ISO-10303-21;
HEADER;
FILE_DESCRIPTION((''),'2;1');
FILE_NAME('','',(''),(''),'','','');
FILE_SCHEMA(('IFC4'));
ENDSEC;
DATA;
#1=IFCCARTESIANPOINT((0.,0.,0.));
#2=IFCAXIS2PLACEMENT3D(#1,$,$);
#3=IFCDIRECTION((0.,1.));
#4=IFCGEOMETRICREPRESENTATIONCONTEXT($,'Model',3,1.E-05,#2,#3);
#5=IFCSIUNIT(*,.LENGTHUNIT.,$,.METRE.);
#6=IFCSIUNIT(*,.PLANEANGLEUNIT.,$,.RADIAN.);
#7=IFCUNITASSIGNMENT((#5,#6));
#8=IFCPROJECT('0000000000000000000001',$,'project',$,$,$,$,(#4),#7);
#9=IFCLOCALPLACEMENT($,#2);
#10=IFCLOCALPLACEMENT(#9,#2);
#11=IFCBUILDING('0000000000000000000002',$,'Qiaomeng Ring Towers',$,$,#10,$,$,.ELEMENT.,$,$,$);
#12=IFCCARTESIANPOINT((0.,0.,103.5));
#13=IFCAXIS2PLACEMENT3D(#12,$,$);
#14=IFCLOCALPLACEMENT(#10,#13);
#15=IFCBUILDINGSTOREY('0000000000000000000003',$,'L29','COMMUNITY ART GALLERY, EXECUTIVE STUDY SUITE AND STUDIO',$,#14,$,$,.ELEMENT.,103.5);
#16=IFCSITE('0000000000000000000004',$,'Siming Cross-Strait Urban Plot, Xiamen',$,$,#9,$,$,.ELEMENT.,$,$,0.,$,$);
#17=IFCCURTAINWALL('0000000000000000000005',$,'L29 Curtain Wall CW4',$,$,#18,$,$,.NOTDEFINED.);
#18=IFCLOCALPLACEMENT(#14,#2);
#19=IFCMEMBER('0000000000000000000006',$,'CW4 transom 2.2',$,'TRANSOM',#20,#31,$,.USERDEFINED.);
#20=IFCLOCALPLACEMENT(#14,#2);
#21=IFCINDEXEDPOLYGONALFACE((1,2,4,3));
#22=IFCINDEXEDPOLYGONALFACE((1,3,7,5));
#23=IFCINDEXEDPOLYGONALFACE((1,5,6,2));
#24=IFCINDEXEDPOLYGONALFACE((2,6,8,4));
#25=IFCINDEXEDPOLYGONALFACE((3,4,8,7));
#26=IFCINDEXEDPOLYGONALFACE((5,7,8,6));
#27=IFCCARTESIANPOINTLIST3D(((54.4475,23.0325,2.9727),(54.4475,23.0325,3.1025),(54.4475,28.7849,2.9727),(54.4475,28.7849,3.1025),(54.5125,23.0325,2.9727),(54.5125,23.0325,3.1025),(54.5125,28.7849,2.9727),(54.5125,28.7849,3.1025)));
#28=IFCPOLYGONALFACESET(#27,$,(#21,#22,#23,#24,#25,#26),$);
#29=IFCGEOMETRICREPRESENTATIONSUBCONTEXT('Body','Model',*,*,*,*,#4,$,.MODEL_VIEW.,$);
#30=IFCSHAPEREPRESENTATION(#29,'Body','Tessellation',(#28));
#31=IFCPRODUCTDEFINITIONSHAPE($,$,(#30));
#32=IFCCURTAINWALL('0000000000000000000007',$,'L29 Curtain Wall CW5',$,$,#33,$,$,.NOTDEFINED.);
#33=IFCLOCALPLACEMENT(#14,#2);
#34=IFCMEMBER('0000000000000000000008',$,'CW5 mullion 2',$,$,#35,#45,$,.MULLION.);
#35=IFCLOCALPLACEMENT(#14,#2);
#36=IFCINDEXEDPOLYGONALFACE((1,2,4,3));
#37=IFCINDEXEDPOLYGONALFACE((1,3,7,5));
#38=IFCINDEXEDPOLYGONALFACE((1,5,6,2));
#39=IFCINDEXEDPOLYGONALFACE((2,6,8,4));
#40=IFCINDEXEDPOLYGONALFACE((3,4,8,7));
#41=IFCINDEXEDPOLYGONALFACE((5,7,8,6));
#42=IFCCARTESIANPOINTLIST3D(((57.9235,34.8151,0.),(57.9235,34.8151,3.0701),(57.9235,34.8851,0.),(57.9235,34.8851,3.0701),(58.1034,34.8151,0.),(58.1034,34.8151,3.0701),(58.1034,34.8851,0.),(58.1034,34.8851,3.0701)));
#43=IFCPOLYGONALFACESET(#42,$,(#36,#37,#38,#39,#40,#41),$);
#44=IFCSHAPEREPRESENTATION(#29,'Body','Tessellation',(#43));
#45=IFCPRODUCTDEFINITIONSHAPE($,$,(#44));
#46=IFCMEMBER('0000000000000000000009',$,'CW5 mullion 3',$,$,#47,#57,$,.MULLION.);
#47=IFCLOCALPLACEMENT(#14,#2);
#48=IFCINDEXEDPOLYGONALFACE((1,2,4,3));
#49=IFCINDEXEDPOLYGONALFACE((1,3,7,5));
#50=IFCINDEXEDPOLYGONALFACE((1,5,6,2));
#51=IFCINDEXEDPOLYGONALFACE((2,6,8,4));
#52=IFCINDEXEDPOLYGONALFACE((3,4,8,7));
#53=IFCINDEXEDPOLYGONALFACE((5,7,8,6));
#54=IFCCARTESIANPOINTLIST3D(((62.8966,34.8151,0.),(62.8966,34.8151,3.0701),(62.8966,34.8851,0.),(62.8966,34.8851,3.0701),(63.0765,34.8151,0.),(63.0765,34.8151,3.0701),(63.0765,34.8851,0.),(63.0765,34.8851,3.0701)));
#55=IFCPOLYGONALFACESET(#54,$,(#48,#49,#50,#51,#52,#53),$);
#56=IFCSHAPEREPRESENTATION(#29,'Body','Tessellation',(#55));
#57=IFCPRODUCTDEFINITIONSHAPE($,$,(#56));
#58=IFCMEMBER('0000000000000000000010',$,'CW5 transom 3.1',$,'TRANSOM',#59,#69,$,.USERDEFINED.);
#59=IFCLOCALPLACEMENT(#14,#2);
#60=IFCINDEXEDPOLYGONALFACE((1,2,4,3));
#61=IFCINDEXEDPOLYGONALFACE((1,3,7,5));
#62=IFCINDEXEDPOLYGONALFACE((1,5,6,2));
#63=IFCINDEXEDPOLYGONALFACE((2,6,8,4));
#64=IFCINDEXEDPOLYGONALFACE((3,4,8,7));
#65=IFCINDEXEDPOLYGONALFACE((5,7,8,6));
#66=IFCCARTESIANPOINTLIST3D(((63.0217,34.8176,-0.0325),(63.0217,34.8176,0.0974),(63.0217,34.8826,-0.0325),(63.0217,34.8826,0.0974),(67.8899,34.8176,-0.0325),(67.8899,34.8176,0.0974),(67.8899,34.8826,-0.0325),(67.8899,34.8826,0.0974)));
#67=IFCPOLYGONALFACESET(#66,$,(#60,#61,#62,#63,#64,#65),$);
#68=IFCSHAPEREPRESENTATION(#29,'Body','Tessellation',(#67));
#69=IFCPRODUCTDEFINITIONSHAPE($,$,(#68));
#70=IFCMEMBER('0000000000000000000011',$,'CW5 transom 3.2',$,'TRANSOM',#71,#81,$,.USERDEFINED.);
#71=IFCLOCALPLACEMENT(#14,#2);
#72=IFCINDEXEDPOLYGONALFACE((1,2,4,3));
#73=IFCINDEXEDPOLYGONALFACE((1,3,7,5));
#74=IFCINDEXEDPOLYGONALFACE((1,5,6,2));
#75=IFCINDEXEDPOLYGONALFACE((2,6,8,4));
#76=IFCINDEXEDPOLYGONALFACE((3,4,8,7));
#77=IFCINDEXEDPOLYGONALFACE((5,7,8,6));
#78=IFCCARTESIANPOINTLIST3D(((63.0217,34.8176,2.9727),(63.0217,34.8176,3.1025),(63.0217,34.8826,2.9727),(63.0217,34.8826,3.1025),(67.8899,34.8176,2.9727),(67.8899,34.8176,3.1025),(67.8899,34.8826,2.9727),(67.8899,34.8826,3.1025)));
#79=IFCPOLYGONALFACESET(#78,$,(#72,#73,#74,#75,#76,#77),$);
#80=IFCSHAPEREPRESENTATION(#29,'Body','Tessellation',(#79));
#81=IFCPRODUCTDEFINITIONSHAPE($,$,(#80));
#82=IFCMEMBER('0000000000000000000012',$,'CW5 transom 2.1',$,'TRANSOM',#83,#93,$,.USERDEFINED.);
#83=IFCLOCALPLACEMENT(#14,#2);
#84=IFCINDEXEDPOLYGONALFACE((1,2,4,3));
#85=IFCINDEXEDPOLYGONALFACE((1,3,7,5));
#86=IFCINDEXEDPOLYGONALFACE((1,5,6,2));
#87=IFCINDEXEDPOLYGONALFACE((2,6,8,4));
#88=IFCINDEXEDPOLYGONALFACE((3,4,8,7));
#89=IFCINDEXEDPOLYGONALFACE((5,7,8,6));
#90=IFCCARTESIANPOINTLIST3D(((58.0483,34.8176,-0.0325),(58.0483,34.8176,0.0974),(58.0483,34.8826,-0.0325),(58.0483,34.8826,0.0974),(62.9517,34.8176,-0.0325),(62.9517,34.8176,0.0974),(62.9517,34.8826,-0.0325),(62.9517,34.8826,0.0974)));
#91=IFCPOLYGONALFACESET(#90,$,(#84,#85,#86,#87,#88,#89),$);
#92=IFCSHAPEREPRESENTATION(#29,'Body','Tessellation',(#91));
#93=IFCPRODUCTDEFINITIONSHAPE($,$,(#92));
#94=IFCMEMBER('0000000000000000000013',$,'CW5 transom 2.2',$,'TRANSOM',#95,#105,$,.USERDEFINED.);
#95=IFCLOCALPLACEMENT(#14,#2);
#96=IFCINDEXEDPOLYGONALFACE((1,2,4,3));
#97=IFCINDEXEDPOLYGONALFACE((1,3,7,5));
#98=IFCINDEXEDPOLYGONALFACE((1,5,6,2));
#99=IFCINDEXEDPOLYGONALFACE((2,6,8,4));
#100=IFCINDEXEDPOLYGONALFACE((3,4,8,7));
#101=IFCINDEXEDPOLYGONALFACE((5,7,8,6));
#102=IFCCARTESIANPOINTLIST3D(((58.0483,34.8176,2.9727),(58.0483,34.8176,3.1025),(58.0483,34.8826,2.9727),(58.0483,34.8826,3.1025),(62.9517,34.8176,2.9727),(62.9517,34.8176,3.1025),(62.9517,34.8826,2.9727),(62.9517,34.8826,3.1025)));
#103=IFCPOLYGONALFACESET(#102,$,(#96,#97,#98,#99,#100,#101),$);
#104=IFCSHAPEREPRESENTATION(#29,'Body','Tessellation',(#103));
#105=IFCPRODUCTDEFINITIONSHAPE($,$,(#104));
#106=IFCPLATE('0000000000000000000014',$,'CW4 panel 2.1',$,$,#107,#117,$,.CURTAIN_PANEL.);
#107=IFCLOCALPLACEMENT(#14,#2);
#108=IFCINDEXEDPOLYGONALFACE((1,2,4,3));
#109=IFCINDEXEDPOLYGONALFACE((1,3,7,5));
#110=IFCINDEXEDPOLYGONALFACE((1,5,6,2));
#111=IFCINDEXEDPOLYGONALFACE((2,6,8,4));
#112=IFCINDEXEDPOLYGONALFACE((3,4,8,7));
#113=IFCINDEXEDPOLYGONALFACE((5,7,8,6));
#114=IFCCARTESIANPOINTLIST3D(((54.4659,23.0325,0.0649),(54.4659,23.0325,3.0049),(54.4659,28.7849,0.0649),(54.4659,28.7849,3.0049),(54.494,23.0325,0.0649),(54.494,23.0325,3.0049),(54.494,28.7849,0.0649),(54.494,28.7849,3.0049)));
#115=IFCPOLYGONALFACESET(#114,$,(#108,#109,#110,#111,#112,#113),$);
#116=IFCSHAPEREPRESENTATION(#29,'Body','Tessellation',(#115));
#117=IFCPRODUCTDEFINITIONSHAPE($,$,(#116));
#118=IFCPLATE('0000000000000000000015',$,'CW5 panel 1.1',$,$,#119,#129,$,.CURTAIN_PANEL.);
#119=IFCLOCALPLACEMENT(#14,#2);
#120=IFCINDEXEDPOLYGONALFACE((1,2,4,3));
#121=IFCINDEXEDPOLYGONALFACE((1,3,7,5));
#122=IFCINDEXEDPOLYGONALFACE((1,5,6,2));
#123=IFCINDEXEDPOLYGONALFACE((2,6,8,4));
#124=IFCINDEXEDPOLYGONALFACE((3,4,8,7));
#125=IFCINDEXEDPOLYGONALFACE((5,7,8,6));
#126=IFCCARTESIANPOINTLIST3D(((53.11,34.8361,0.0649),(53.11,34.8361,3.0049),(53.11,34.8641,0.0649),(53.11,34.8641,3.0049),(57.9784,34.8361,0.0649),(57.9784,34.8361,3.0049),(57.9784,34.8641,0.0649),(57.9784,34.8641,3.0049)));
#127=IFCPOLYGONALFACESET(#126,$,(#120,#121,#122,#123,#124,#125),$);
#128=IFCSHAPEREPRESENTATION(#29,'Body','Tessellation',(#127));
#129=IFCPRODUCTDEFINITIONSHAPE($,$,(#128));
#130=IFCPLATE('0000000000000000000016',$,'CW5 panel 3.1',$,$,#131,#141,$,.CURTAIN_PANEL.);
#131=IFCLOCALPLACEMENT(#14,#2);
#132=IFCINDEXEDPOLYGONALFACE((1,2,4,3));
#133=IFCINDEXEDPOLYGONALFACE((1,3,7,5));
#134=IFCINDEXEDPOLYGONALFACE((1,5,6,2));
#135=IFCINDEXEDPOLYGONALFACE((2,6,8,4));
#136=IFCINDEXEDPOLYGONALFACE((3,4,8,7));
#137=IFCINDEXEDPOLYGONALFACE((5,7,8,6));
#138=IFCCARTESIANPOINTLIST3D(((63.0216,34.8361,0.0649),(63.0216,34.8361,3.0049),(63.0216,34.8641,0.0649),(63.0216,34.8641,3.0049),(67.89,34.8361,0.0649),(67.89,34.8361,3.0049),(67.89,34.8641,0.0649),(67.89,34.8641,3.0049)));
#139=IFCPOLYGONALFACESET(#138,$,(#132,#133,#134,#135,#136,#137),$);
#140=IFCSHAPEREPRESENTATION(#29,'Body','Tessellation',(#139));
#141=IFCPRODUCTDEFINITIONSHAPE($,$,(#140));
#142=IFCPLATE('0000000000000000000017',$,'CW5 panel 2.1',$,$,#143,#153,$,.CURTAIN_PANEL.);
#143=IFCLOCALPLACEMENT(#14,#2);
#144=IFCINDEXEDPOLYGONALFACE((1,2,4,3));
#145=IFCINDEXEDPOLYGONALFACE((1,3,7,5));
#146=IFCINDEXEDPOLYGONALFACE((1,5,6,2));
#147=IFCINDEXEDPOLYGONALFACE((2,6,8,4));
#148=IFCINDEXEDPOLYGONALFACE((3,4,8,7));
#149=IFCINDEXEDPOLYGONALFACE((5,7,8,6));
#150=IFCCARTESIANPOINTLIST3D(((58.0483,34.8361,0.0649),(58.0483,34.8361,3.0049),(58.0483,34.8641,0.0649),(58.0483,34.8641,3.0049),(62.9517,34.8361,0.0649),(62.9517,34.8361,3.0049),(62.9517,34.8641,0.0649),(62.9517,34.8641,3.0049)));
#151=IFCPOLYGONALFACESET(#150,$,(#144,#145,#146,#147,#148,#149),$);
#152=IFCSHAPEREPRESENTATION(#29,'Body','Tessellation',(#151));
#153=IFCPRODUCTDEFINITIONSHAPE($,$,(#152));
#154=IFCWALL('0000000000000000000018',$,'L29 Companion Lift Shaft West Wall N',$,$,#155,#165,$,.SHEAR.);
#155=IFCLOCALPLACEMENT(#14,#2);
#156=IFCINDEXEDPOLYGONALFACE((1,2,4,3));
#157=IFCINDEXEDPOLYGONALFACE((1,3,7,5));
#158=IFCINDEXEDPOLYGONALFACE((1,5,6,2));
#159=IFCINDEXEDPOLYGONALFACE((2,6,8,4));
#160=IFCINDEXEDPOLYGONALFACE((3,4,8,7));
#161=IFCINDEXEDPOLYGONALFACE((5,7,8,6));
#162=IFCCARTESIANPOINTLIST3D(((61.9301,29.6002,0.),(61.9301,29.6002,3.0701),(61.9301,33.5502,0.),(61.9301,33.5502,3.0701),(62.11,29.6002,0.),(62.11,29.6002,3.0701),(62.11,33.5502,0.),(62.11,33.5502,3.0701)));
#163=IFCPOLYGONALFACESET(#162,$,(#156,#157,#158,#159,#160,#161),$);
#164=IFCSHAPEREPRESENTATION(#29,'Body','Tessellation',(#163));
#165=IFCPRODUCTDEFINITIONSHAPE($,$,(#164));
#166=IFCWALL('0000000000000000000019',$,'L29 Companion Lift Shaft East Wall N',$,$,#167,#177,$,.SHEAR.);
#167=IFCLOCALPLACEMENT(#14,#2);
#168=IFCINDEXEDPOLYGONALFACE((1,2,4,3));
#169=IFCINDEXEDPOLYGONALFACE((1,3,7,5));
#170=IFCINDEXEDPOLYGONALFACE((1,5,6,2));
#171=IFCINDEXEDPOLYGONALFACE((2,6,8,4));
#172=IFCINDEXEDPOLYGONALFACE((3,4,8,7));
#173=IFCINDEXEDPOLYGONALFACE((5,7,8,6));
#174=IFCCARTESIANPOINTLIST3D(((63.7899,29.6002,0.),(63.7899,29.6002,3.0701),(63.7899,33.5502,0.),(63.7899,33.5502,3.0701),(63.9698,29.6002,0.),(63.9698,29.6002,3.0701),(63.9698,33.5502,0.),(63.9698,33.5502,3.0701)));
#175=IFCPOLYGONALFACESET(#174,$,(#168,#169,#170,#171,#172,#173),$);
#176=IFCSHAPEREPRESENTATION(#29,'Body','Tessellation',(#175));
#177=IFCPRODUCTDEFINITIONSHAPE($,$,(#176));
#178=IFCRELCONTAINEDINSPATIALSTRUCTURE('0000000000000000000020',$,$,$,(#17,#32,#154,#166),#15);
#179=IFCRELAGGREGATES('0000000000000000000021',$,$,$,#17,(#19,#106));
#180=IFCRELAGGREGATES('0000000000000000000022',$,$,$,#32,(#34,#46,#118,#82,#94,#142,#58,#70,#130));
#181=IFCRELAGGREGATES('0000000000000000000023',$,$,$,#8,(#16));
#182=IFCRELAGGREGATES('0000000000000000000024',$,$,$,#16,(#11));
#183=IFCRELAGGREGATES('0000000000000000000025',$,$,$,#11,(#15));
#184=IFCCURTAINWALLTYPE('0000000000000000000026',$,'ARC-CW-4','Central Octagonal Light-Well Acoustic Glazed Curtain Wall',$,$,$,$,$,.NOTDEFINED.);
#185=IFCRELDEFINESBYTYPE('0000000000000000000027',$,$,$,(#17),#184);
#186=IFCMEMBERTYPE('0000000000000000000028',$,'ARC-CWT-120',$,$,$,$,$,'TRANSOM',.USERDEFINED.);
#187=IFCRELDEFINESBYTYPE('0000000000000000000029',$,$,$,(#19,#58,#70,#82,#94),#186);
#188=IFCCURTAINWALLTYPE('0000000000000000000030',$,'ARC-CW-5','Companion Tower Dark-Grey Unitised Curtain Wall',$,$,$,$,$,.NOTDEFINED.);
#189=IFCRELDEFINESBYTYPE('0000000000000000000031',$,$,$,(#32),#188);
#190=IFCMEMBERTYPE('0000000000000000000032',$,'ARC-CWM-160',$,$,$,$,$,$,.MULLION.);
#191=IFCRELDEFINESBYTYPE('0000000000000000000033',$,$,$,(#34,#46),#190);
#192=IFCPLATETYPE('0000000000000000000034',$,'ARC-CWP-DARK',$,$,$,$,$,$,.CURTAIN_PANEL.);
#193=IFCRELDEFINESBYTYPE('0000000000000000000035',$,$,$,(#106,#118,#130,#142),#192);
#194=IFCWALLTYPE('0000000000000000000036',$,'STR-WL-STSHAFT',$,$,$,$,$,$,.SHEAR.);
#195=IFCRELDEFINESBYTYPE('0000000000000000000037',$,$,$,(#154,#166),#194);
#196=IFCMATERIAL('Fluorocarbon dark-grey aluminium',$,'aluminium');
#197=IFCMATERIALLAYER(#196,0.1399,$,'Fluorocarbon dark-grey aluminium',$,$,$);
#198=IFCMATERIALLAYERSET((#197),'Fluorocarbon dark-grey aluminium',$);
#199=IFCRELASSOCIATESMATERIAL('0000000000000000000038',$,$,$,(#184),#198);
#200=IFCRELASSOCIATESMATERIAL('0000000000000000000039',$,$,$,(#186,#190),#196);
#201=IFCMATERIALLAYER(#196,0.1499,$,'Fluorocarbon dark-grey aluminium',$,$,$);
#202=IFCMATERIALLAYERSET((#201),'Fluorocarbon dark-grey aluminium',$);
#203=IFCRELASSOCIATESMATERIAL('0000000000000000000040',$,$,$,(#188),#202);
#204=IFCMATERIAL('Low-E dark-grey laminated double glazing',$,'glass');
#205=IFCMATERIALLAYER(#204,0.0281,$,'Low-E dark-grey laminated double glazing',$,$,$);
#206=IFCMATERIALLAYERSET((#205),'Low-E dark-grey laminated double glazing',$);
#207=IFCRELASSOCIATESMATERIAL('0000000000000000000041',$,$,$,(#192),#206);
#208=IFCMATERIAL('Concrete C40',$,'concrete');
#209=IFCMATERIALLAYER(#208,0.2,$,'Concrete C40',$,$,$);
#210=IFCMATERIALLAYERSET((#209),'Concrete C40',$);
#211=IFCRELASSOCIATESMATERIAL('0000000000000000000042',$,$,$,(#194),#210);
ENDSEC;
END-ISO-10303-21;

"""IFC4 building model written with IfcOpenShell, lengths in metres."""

from ifc_helpers import new_model, si_unit, direction, frame, frame_2d, origin, origin_2d, place, context, subcontext, project, spatial, rectangle, extrude, source, transform, mapped, material, layer, layer_set, material_profile, profile_set, type_object, element, aggregate, save


model = new_model("IFC4")

# Units and contexts
model_context = context("Model", 3, precision=1e-05, world=origin(), true_north=direction((0.0, 1.0)))
body_context = subcontext(model_context, "Body", "Model", "MODEL_VIEW")
ifc_project = project(units=[si_unit("LENGTHUNIT", "METRE"), si_unit("PLANEANGLEUNIT", "RADIAN")], contexts=[model_context])

# Site, building, storey
site_placement = place(None, origin())
site = spatial("IfcSite", under=ifc_project, at=site_placement, Name="Siming Cross-Strait Urban Plot, Xiamen", CompositionType="ELEMENT", RefElevation=0.0)
building_placement = place(site_placement, origin())
building = spatial("IfcBuilding", under=site, at=building_placement, Name="Qiaomeng Ring Towers", CompositionType="ELEMENT")
storey_placement = place(building_placement, frame((0.0, 0.0, 103.5)))
storey = spatial("IfcBuildingStorey", under=building, at=storey_placement, Name="L29", Description="COMMUNITY ART GALLERY, EXECUTIVE STUDY SUITE AND STUDIO", CompositionType="ELEMENT", Elevation=103.5)

# Curtain wall, member
ifc_material_1 = material(Name="Fluorocarbon dark-grey aluminium", Category="aluminium")
ifc_layer_1 = layer(ifc_material_1, 0.1399, Name="Fluorocarbon dark-grey aluminium")
ifc_layer_set_1 = layer_set([ifc_layer_1], Name="Fluorocarbon dark-grey aluminium")
curtain_wall_type_1 = type_object("IfcCurtainWallType", Name="ARC-CW-4", Description="Central Octagonal Light-Well Acoustic Glazed Curtain Wall", PredefinedType="NOTDEFINED", material=ifc_layer_set_1)
curtain_wall_1_placement = place(storey_placement, origin())
curtain_wall_1 = element("IfcCurtainWall", 1, at=curtain_wall_1_placement, inside=storey, type_object=curtain_wall_type_1, Name="L29 Curtain Wall CW4", PredefinedType="NOTDEFINED")
ifc_material_profile_1 = material_profile(ifc_material_1, rectangle(XDim=0.0649, YDim=0.1299, at=origin_2d()), Name="ALU TRAN 65x130")
ifc_profile_set_1 = profile_set([ifc_material_profile_1], Name="Fluorocarbon dark-grey aluminium")
member_type_1 = type_object("IfcMemberType", Name="ARC-CWT-120", ElementType="TRANSOM", PredefinedType="USERDEFINED", material=ifc_profile_set_1)
shared_shape_1 = source(origin(), body_context, "Body", "SweptSolid", [
    extrude(rectangle(XDim=0.0649, YDim=0.1299, at=origin_2d()), origin(), (0.0, 0.0, 1.0), 5.7524),
])
member_1_placement = place(storey_placement, frame((54.48, 23.0325, 3.0376), z_axis=(0.0, 1.0, 0.0), x_axis=(-1.0, 0.0, 0.0)))
member_1 = element("IfcMember", 2, at=member_1_placement, type_object=member_type_1, Name="CW4 transom 2.2", ObjectType="TRANSOM", PredefinedType="USERDEFINED", context=body_context, shape_type="MappedRepresentation", body=[
    mapped(shared_shape_1, transform((0.0, 0.0, 0.0), x_axis=(1.0, 0.0, 0.0), y_axis=(0.0, 1.0, 0.0), z_axis=(0.0, 0.0, 1.0), scale=1.0)),
])

# Curtain wall, members
ifc_layer_2 = layer(ifc_material_1, 0.1499, Name="Fluorocarbon dark-grey aluminium")
ifc_layer_set_2 = layer_set([ifc_layer_2], Name="Fluorocarbon dark-grey aluminium")
curtain_wall_type_2 = type_object("IfcCurtainWallType", Name="ARC-CW-5", Description="Companion Tower Dark-Grey Unitised Curtain Wall", PredefinedType="NOTDEFINED", material=ifc_layer_set_2)
curtain_wall_2_placement = place(storey_placement, origin())
curtain_wall_2 = element("IfcCurtainWall", 3, at=curtain_wall_2_placement, inside=storey, type_object=curtain_wall_type_2, Name="L29 Curtain Wall CW5", PredefinedType="NOTDEFINED")
ifc_material_profile_2 = material_profile(ifc_material_1, rectangle(XDim=0.0701, YDim=0.1799, at=origin_2d()), Name="ALU MULL 70x180")
ifc_profile_set_2 = profile_set([ifc_material_profile_2], Name="Fluorocarbon dark-grey aluminium")
member_type_2 = type_object("IfcMemberType", Name="ARC-CWM-160", PredefinedType="MULLION", material=ifc_profile_set_2)
shared_shape_2 = source(origin(), body_context, "Body", "SweptSolid", [
    extrude(rectangle(XDim=0.0701, YDim=0.1799, at=origin_2d()), origin(), (0.0, 0.0, 1.0), 3.0701),
])
member_2_placement = place(storey_placement, frame((58.0134, 34.8501, 0.0), z_axis=(0.0, 0.0, 1.0), x_axis=(0.0, 1.0, 0.0)))
member_2 = element("IfcMember", 4, at=member_2_placement, type_object=member_type_2, Name="CW5 mullion 2", PredefinedType="MULLION", context=body_context, shape_type="MappedRepresentation", body=[
    mapped(shared_shape_2, transform((0.0, 0.0, 0.0), x_axis=(1.0, 0.0, 0.0), y_axis=(0.0, 1.0, 0.0), z_axis=(0.0, 0.0, 1.0), scale=1.0)),
])
member_3_placement = place(storey_placement, frame((62.9866, 34.8501, 0.0), z_axis=(0.0, 0.0, 1.0), x_axis=(0.0, 1.0, 0.0)))
member_3 = element("IfcMember", 5, at=member_3_placement, type_object=member_type_2, Name="CW5 mullion 3", PredefinedType="MULLION", context=body_context, shape_type="MappedRepresentation", body=[
    mapped(shared_shape_2, transform((0.0, 0.0, 0.0), x_axis=(1.0, 0.0, 0.0), y_axis=(0.0, 1.0, 0.0), z_axis=(0.0, 0.0, 1.0), scale=1.0)),
])
shared_shape_3 = source(origin(), body_context, "Body", "SweptSolid", [
    extrude(rectangle(XDim=0.0649, YDim=0.1299, at=origin_2d()), origin(), (0.0, 0.0, 1.0), 4.8682),
])
member_4_placement = place(storey_placement, frame((63.0217, 34.8501, 0.0325), z_axis=(1.0, 0.0, 0.0), x_axis=(0.0, 1.0, 0.0)))
member_4 = element("IfcMember", 6, at=member_4_placement, type_object=member_type_1, Name="CW5 transom 3.1", ObjectType="TRANSOM", PredefinedType="USERDEFINED", context=body_context, shape_type="MappedRepresentation", body=[
    mapped(shared_shape_3, transform((0.0, 0.0, 0.0), x_axis=(1.0, 0.0, 0.0), y_axis=(0.0, 1.0, 0.0), z_axis=(0.0, 0.0, 1.0), scale=1.0)),
])
member_5_placement = place(storey_placement, frame((63.0217, 34.8501, 3.0376), z_axis=(1.0, 0.0, 0.0), x_axis=(0.0, 1.0, 0.0)))
member_5 = element("IfcMember", 7, at=member_5_placement, type_object=member_type_1, Name="CW5 transom 3.2", ObjectType="TRANSOM", PredefinedType="USERDEFINED", context=body_context, shape_type="MappedRepresentation", body=[
    mapped(shared_shape_3, transform((0.0, 0.0, 0.0), x_axis=(1.0, 0.0, 0.0), y_axis=(0.0, 1.0, 0.0), z_axis=(0.0, 0.0, 1.0), scale=1.0)),
])
shared_shape_4 = source(origin(), body_context, "Body", "SweptSolid", [
    extrude(rectangle(XDim=0.0649, YDim=0.1299, at=origin_2d()), origin(), (0.0, 0.0, 1.0), 4.9033),
])
member_6_placement = place(storey_placement, frame((58.0483, 34.8501, 0.0325), z_axis=(1.0, 0.0, 0.0), x_axis=(0.0, 1.0, 0.0)))
member_6 = element("IfcMember", 8, at=member_6_placement, type_object=member_type_1, Name="CW5 transom 2.1", ObjectType="TRANSOM", PredefinedType="USERDEFINED", context=body_context, shape_type="MappedRepresentation", body=[
    mapped(shared_shape_4, transform((0.0, 0.0, 0.0), x_axis=(1.0, 0.0, 0.0), y_axis=(0.0, 1.0, 0.0), z_axis=(0.0, 0.0, 1.0), scale=1.0)),
])
member_7_placement = place(storey_placement, frame((58.0483, 34.8501, 3.0376), z_axis=(1.0, 0.0, 0.0), x_axis=(0.0, 1.0, 0.0)))
member_7 = element("IfcMember", 9, at=member_7_placement, type_object=member_type_1, Name="CW5 transom 2.2", ObjectType="TRANSOM", PredefinedType="USERDEFINED", context=body_context, shape_type="MappedRepresentation", body=[
    mapped(shared_shape_4, transform((0.0, 0.0, 0.0), x_axis=(1.0, 0.0, 0.0), y_axis=(0.0, 1.0, 0.0), z_axis=(0.0, 0.0, 1.0), scale=1.0)),
])

# Plates
ifc_material_2 = material(Name="Low-E dark-grey laminated double glazing", Category="glass")
ifc_layer_3 = layer(ifc_material_2, 0.0281, Name="Low-E dark-grey laminated double glazing")
ifc_layer_set_3 = layer_set([ifc_layer_3], Name="Low-E dark-grey laminated double glazing")
plate_type = type_object("IfcPlateType", Name="ARC-CWP-DARK", PredefinedType="CURTAIN_PANEL", material=ifc_layer_set_3)
shared_shape_5 = source(origin(), body_context, "Body", "SweptSolid", [
    extrude(rectangle(XDim=5.7524, YDim=0.0281, at=origin_2d()), origin(), (0.0, 0.0, 1.0), 2.9399),
])
plate_1_placement = place(storey_placement, frame((54.48, 25.9087, 0.0649), z_axis=(0.0, 0.0, 1.0), x_axis=(0.0, 1.0, 0.0)))
plate_1 = element("IfcPlate", 10, at=plate_1_placement, type_object=plate_type, Name="CW4 panel 2.1", PredefinedType="CURTAIN_PANEL", context=body_context, shape_type="MappedRepresentation", body=[
    mapped(shared_shape_5, transform((0.0, 0.0, 0.0), x_axis=(1.0, 0.0, 0.0), y_axis=(0.0, 1.0, 0.0), z_axis=(0.0, 0.0, 1.0), scale=1.0)),
])
aggregate(curtain_wall_1, [member_1, plate_1])
shared_shape_6 = source(origin(), body_context, "Body", "SweptSolid", [
    extrude(rectangle(XDim=4.8684, YDim=0.0281, at=origin_2d()), origin(), (0.0, 0.0, 1.0), 2.9399),
])
plate_2_placement = place(storey_placement, frame((55.5442, 34.8501, 0.0649), z_axis=(0.0, 0.0, 1.0), x_axis=(1.0, 0.0, 0.0)))
plate_2 = element("IfcPlate", 11, at=plate_2_placement, type_object=plate_type, Name="CW5 panel 1.1", PredefinedType="CURTAIN_PANEL", context=body_context, shape_type="MappedRepresentation", body=[
    mapped(shared_shape_6, transform((0.0, 0.0, 0.0), x_axis=(1.0, 0.0, 0.0), y_axis=(0.0, 1.0, 0.0), z_axis=(0.0, 0.0, 1.0), scale=1.0)),
])
plate_3_placement = place(storey_placement, frame((65.4558, 34.8501, 0.0649), z_axis=(0.0, 0.0, 1.0), x_axis=(1.0, 0.0, 0.0)))
plate_3 = element("IfcPlate", 12, at=plate_3_placement, type_object=plate_type, Name="CW5 panel 3.1", PredefinedType="CURTAIN_PANEL", context=body_context, shape_type="MappedRepresentation", body=[
    mapped(shared_shape_6, transform((0.0, 0.0, 0.0), x_axis=(1.0, 0.0, 0.0), y_axis=(0.0, 1.0, 0.0), z_axis=(0.0, 0.0, 1.0), scale=1.0)),
])
shared_shape_7 = source(origin(), body_context, "Body", "SweptSolid", [
    extrude(rectangle(XDim=4.9033, YDim=0.0281, at=origin_2d()), origin(), (0.0, 0.0, 1.0), 2.9399),
])
plate_4_placement = place(storey_placement, frame((60.5, 34.8501, 0.0649), z_axis=(0.0, 0.0, 1.0), x_axis=(1.0, 0.0, 0.0)))
plate_4 = element("IfcPlate", 13, at=plate_4_placement, type_object=plate_type, Name="CW5 panel 2.1", PredefinedType="CURTAIN_PANEL", context=body_context, shape_type="MappedRepresentation", body=[
    mapped(shared_shape_7, transform((0.0, 0.0, 0.0), x_axis=(1.0, 0.0, 0.0), y_axis=(0.0, 1.0, 0.0), z_axis=(0.0, 0.0, 1.0), scale=1.0)),
])
aggregate(curtain_wall_2, [member_2, member_3, plate_2, member_6, member_7, plate_4, member_4, member_5, plate_3])

# Walls
ifc_material_3 = material(Name="Concrete C40", Category="concrete")
ifc_layer_4 = layer(ifc_material_3, 0.2, Name="Concrete C40")
ifc_layer_set_4 = layer_set([ifc_layer_4], Name="Concrete C40")
wall_type_1 = type_object("IfcWallType", Name="STR-WL-STSHAFT", PredefinedType="SHEAR", material=ifc_layer_set_4)
for number, where, z_axis, x_axis, name in (
    (14, (62.02, 29.6001, 0.0), (0.0, 0.0, 1.0), (0.0, 1.0, 0.0), "L29 Companion Lift Shaft West Wall N"),
    (15, (63.8799, 29.6001, 0.0), (0.0, 0.0, 1.0), (0.0, 1.0, 0.0), "L29 Companion Lift Shaft East Wall N"),
):
    element("IfcWall", number, at=place(storey_placement, frame(where, z_axis=z_axis, x_axis=x_axis)), inside=storey, type_object=wall_type_1, Name=name, PredefinedType="SHEAR", context=body_context, shape_type="SweptSolid", body=[
        extrude(rectangle(XDim=3.95, YDim=0.1799, at=frame_2d((1.9751, 0.0))), origin(), (0.0, 0.0, 1.0), 3.0701),
    ])

save(model, "model.ifc")
